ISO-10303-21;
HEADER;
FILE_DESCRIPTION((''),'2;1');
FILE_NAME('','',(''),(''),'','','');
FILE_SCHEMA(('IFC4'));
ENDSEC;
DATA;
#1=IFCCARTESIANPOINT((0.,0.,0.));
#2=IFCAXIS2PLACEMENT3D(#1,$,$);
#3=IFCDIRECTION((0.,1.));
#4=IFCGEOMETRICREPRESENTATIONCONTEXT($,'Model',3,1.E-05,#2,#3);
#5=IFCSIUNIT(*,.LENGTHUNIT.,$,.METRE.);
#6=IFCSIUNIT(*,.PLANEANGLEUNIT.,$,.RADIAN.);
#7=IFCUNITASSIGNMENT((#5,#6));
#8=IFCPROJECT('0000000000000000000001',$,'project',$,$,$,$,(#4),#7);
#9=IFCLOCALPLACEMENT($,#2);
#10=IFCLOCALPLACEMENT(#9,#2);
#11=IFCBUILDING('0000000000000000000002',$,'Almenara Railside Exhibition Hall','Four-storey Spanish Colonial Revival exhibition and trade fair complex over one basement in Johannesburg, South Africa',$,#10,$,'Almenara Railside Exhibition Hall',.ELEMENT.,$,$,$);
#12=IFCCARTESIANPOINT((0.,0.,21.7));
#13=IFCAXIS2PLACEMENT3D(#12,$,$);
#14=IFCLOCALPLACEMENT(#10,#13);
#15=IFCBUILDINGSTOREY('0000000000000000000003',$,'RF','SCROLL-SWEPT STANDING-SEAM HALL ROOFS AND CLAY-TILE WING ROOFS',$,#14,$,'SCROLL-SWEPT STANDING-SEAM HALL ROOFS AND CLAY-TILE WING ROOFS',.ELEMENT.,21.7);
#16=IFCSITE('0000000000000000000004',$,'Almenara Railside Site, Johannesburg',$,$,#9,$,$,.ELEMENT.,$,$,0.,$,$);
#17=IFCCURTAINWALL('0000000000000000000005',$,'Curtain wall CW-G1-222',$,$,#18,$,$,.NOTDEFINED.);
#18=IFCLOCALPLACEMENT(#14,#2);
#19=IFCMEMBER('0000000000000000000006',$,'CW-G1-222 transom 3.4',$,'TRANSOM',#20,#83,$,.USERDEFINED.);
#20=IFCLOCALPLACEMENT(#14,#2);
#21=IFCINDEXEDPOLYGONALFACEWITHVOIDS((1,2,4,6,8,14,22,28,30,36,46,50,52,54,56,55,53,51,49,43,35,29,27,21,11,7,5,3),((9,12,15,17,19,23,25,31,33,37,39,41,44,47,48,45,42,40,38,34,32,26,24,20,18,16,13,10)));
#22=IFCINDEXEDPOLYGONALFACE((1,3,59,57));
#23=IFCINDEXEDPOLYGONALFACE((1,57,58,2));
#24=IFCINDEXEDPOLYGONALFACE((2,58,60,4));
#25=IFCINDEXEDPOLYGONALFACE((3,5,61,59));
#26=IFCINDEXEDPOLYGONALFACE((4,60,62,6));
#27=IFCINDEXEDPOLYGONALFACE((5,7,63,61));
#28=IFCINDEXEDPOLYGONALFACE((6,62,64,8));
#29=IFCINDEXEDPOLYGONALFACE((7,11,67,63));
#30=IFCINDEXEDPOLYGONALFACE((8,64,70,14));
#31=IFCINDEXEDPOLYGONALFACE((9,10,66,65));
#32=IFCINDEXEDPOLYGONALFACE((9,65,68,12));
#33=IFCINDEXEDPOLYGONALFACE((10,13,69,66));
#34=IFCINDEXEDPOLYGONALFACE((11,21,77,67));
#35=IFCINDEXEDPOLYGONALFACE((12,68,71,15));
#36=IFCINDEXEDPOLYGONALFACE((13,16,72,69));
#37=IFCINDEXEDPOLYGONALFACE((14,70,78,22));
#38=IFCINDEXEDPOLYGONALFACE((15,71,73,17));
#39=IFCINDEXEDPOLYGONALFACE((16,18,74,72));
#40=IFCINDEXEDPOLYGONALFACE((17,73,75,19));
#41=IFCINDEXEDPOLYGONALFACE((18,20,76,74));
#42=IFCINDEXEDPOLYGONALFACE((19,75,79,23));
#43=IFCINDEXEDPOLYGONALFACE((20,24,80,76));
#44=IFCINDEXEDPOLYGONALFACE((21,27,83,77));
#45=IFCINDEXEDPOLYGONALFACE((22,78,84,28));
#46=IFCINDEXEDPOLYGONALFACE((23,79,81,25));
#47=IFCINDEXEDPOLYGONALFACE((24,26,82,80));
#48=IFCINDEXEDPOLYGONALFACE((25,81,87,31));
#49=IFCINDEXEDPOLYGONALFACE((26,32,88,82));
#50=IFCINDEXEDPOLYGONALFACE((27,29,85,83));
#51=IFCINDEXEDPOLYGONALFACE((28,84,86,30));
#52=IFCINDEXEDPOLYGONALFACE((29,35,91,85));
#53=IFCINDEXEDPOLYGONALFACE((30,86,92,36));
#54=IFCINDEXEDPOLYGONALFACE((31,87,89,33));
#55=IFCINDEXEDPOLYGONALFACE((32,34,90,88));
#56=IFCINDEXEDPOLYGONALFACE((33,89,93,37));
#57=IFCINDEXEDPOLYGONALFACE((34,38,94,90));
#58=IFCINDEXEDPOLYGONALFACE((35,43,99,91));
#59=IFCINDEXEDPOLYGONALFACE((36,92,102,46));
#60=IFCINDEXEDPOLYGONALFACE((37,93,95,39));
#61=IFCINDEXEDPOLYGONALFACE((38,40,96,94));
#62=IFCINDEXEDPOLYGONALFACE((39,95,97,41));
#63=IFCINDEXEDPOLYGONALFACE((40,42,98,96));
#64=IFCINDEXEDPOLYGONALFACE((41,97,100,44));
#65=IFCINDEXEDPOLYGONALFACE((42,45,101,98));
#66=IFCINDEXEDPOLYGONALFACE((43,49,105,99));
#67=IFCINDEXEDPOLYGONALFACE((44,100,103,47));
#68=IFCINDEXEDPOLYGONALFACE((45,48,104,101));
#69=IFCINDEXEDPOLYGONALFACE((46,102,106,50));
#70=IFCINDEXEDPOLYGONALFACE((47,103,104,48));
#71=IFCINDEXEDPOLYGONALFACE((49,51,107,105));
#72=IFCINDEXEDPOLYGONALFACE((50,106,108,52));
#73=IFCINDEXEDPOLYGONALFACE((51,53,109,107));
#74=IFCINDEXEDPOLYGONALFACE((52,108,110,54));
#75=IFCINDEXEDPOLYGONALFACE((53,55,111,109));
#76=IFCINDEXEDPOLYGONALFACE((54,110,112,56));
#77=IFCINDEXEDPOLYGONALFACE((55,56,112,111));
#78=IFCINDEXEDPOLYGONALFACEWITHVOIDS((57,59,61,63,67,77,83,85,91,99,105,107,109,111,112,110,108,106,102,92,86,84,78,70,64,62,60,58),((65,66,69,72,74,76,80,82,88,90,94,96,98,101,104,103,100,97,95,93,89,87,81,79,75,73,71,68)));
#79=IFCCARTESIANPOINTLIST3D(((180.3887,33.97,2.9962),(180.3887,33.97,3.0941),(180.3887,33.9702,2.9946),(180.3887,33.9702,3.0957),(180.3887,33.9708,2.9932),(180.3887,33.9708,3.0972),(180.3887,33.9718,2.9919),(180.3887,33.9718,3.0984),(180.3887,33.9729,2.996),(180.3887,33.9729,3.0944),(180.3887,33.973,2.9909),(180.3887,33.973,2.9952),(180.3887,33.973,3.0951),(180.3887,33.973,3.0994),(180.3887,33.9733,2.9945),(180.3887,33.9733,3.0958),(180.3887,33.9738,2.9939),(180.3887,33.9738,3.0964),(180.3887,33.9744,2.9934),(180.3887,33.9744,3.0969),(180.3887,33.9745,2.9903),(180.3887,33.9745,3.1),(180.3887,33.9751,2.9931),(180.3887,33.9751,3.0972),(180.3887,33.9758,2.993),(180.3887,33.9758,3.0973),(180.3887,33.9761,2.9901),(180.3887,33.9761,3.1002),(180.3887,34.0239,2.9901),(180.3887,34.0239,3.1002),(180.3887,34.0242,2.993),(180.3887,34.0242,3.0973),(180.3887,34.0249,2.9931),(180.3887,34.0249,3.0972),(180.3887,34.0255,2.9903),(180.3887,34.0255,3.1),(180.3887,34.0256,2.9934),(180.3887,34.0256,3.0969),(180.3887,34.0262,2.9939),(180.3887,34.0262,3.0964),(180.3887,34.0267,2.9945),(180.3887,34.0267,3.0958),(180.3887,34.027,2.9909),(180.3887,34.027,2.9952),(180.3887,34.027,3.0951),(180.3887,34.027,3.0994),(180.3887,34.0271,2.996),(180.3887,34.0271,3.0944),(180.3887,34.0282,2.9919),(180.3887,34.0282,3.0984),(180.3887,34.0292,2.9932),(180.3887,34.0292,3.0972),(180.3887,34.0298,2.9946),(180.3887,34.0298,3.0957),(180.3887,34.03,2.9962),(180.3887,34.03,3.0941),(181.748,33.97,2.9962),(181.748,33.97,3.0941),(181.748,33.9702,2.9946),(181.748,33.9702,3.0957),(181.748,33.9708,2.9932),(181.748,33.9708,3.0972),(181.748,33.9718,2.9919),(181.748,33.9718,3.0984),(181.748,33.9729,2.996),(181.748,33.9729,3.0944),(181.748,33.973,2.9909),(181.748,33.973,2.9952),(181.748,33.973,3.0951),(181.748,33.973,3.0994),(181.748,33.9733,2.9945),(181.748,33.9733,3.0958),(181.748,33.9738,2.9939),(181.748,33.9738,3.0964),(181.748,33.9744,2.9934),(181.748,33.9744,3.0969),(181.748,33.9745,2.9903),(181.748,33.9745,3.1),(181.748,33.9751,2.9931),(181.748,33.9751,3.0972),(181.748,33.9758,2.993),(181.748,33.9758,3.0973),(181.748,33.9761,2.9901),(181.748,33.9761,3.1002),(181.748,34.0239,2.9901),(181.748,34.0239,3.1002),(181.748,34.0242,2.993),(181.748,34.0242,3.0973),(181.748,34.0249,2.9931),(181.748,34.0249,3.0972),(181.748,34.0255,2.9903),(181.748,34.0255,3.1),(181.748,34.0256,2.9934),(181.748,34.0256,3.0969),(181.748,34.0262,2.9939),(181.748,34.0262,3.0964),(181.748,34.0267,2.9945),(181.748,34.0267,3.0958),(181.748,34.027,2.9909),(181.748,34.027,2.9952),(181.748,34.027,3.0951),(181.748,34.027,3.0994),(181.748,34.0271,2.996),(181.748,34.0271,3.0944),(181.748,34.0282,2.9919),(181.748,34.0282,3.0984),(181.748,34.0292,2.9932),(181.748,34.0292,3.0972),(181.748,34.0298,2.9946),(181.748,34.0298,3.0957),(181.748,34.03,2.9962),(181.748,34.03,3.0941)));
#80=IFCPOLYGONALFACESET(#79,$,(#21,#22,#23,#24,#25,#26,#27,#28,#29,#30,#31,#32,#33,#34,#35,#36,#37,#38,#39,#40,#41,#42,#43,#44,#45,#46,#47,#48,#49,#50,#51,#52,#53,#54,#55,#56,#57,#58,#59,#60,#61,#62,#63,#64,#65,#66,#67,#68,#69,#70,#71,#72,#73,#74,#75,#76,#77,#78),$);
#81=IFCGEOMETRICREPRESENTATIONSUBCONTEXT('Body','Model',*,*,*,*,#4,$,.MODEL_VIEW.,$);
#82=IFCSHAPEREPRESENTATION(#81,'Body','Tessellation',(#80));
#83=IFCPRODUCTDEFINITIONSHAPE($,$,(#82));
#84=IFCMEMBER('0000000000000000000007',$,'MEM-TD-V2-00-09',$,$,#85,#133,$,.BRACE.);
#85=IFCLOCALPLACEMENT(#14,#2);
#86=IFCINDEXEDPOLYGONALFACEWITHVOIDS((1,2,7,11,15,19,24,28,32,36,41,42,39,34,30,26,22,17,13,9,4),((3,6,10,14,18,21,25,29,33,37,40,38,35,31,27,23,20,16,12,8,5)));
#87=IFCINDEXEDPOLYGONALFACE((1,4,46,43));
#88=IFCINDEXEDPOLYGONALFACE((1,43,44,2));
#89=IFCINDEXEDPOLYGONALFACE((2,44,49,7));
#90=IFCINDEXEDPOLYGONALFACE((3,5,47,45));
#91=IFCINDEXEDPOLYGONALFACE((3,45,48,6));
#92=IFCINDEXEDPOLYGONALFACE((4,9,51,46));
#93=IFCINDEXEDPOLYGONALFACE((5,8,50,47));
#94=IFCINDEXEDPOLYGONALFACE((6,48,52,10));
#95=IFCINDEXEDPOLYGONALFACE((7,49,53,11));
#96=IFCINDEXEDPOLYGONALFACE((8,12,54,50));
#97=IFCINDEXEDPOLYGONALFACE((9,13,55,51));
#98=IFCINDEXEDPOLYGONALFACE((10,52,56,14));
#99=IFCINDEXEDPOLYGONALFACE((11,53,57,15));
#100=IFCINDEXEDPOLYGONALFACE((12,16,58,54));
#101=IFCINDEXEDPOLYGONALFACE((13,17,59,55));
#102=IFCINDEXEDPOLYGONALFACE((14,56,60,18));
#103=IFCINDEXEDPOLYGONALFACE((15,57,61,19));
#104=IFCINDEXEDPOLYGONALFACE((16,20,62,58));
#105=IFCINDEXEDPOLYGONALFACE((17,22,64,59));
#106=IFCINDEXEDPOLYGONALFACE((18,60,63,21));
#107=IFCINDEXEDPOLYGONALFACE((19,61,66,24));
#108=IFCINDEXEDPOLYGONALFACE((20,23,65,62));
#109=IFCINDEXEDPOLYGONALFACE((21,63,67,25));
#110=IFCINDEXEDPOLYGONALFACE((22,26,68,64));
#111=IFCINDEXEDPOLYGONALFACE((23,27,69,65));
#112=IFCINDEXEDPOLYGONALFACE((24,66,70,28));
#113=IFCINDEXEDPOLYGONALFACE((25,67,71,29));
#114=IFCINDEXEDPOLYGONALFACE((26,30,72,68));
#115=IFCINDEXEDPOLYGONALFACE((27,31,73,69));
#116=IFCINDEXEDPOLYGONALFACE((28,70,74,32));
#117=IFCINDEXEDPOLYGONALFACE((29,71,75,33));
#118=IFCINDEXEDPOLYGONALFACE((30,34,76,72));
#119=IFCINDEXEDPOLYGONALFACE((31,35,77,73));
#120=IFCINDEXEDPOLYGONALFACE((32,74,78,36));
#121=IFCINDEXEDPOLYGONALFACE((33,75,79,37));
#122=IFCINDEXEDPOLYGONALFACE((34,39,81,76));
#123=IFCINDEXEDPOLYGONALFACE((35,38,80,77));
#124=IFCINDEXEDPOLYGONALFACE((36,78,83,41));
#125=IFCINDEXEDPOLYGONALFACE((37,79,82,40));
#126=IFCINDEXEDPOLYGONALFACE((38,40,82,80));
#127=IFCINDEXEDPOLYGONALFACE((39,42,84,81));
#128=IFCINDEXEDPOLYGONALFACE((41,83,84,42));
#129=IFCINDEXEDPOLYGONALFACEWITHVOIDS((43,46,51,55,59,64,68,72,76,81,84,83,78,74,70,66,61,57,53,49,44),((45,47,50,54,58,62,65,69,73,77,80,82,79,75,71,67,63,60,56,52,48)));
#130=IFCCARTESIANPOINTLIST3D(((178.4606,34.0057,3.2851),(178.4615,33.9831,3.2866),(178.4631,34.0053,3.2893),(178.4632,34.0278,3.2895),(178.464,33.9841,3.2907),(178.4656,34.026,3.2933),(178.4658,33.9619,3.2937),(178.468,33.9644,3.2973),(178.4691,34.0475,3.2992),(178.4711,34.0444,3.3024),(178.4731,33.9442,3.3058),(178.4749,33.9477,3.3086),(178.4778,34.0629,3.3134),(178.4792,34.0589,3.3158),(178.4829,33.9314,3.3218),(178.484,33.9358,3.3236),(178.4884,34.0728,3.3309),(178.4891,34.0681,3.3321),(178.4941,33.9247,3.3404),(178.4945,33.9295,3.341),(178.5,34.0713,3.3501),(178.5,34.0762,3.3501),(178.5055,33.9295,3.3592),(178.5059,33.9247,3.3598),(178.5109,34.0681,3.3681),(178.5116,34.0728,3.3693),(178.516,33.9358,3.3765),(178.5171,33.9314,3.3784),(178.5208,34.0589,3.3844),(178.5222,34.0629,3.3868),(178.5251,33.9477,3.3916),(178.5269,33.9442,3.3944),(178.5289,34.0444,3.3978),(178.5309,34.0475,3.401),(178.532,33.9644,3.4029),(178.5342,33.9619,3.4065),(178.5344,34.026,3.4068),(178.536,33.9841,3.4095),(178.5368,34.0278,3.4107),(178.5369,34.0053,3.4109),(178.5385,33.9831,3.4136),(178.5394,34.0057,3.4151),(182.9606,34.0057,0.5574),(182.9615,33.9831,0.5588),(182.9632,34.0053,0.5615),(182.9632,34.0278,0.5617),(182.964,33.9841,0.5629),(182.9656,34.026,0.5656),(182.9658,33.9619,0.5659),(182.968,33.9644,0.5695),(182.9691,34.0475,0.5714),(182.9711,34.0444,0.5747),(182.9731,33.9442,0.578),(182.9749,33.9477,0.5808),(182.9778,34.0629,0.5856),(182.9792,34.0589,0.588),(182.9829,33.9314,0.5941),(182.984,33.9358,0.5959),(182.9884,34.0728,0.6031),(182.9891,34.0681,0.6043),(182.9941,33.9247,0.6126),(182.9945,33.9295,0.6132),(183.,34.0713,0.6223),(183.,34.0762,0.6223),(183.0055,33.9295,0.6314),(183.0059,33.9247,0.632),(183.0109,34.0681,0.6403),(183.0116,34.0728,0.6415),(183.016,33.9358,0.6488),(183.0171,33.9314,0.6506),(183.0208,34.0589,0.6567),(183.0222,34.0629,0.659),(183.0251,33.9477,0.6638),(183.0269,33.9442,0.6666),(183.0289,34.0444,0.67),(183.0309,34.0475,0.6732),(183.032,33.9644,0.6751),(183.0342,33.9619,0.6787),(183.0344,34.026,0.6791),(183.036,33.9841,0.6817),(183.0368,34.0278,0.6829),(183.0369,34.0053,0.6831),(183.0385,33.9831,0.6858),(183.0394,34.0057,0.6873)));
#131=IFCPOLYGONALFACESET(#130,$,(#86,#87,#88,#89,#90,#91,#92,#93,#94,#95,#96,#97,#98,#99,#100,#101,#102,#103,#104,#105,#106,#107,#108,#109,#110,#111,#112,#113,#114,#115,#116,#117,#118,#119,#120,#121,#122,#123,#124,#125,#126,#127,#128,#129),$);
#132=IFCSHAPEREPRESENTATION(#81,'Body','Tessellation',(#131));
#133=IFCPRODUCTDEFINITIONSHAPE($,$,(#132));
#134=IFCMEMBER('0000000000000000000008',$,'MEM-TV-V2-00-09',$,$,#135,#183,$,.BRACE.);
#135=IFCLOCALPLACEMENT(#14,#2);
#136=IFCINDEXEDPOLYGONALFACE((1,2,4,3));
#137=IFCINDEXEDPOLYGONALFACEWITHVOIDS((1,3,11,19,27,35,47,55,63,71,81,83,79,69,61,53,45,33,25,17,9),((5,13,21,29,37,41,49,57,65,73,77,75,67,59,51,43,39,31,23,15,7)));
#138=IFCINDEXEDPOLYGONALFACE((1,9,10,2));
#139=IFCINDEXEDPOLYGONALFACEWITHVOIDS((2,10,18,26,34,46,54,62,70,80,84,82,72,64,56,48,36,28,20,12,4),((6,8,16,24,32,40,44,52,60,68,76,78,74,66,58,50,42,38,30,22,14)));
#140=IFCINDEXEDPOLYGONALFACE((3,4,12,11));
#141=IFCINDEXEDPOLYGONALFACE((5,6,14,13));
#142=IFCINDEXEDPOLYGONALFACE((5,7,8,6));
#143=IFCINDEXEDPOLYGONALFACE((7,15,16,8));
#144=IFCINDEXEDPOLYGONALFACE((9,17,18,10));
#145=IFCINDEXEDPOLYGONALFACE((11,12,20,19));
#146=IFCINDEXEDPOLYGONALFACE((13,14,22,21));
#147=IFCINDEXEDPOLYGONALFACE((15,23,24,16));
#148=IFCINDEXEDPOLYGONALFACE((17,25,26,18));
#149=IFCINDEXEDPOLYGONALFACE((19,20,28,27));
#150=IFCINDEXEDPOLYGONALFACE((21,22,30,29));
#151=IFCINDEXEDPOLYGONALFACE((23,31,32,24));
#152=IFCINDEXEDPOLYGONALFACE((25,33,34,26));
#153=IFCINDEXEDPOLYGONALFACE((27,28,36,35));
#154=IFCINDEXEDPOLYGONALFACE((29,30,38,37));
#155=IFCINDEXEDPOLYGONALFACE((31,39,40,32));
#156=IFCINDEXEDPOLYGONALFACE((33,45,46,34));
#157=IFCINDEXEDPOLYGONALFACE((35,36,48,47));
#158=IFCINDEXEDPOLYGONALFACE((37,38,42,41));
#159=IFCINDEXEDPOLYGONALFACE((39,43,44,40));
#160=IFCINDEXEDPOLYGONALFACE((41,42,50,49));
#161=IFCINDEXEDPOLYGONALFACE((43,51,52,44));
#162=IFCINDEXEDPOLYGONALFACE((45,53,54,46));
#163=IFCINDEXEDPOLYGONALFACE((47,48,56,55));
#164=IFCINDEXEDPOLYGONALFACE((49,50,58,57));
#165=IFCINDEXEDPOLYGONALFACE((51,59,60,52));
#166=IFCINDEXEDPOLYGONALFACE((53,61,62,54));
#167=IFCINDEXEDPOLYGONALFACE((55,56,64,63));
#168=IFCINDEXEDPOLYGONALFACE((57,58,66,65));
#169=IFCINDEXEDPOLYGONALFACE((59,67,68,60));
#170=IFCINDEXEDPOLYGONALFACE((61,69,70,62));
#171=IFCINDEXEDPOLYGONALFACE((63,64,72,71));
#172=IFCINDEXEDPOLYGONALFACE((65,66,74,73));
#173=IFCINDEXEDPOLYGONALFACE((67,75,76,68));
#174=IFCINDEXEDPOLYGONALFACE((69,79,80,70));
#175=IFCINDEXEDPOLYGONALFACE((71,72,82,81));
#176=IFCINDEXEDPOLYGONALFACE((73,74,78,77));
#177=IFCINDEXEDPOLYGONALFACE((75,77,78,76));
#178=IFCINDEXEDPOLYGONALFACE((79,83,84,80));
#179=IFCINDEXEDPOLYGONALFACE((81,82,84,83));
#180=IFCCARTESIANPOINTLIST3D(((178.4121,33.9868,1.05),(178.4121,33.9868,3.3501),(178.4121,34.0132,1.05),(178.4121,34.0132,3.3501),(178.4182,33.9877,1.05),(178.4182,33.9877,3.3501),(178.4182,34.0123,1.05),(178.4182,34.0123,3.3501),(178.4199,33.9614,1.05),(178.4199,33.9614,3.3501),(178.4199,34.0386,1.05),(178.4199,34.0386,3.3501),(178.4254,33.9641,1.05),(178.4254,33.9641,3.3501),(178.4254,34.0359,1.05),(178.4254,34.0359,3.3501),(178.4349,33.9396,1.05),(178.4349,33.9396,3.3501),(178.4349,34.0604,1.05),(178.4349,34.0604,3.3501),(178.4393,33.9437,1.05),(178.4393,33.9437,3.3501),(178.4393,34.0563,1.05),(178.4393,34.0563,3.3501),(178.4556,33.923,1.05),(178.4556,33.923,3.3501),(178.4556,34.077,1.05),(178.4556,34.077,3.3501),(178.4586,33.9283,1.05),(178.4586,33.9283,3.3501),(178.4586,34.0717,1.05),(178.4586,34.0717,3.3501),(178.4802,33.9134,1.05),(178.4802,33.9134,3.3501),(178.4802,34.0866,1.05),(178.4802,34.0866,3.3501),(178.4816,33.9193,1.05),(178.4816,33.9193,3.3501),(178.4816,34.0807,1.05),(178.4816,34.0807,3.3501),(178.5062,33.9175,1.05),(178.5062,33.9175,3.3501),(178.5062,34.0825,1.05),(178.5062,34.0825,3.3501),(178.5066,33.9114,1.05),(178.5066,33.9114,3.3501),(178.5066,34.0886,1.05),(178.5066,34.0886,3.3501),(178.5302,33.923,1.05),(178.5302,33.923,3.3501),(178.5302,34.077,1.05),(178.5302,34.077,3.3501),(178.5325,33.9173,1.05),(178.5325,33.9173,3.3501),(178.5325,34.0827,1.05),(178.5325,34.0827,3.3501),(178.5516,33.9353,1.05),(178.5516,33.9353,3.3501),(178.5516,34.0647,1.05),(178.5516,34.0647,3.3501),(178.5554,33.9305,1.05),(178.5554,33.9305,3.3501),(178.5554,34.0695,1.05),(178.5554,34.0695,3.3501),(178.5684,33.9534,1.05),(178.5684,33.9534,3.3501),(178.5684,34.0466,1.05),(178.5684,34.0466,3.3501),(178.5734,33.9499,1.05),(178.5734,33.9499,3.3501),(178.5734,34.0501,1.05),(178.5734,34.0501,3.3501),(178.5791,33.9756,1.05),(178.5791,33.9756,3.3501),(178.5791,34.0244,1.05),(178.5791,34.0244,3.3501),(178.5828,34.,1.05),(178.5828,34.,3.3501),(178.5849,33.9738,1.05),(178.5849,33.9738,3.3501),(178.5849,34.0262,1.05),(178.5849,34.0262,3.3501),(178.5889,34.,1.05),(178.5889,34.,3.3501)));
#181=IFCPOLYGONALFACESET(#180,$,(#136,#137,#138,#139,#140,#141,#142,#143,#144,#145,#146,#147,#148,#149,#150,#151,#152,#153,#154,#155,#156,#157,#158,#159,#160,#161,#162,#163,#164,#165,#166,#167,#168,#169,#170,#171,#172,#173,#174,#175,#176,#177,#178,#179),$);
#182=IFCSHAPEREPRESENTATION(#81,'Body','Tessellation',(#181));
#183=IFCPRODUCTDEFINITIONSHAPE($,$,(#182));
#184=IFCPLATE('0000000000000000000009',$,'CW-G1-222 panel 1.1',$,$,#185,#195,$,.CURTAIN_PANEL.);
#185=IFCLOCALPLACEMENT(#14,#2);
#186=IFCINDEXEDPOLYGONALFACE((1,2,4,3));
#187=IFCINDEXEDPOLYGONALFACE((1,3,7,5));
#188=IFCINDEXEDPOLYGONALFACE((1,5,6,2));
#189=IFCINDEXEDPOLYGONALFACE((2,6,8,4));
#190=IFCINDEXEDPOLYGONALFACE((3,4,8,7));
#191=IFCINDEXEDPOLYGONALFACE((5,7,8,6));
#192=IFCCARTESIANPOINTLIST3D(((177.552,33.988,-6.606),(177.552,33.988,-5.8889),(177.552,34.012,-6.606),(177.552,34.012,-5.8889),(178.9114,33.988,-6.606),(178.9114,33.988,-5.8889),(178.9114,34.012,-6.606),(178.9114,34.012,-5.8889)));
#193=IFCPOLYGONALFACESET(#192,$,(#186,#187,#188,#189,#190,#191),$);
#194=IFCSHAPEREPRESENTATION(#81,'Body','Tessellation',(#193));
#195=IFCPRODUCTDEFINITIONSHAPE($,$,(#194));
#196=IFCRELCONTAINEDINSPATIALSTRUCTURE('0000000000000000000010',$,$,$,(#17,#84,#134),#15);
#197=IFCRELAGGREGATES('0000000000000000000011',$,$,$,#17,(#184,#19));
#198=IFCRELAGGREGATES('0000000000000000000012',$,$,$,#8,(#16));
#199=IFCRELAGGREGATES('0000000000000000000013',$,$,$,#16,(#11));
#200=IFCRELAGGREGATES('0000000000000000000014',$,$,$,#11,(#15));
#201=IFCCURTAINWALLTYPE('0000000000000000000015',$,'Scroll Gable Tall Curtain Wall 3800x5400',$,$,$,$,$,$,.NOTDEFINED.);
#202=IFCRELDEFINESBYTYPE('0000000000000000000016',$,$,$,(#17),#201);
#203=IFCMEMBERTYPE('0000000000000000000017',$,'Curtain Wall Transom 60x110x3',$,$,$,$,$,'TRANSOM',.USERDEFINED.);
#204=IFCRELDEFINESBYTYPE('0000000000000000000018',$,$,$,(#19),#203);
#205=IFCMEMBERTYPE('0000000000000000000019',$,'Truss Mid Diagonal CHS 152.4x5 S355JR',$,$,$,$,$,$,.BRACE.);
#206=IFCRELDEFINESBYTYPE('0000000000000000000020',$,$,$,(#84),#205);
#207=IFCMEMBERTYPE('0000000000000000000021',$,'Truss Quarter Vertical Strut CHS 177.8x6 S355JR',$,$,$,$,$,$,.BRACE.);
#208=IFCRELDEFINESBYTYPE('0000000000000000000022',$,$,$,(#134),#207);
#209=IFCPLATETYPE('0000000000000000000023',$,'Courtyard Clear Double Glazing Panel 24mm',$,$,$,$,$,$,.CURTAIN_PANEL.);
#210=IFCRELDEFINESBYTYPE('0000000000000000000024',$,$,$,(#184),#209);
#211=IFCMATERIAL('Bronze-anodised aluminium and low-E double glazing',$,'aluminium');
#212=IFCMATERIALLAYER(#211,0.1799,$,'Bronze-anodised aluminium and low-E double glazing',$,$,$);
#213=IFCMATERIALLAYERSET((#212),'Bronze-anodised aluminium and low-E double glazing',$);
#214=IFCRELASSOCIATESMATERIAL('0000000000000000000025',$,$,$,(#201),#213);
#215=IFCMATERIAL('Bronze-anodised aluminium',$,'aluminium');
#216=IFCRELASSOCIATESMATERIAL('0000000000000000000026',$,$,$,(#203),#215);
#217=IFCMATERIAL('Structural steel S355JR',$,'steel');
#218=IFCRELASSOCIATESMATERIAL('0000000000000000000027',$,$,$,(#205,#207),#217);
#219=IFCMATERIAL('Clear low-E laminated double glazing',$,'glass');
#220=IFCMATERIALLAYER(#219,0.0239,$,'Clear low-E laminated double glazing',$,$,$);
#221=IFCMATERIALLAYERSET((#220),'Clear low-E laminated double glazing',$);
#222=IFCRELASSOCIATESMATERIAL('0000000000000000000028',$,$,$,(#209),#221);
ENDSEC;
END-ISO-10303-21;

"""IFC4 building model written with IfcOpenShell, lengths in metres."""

from ifc_helpers import new_model, si_unit, direction, frame, origin, origin_2d, place, context, subcontext, project, spatial, rectangle, hollow_rectangle, hollow_circle, extrude, material, layer, layer_set, material_profile, profile_set, type_object, element, aggregate, save


model = new_model("IFC4")

# Units and contexts
model_context = context("Model", 3, precision=1e-05, world=origin(), true_north=direction((0.0, 1.0)))
body_context = subcontext(model_context, "Body", "Model", "MODEL_VIEW")
ifc_project = project(units=[si_unit("LENGTHUNIT", "METRE"), si_unit("PLANEANGLEUNIT", "RADIAN")], contexts=[model_context])

# Site, building, storey
site_placement = place(None, origin())
site = spatial("IfcSite", under=ifc_project, at=site_placement, Name="Almenara Railside Site, Johannesburg", CompositionType="ELEMENT", RefElevation=0.0)
building_placement = place(site_placement, origin())
building = spatial("IfcBuilding", under=site, at=building_placement, Name="Almenara Railside Exhibition Hall", Description="Four-storey Spanish Colonial Revival exhibition and trade fair complex over one basement in Johannesburg, South Africa", LongName="Almenara Railside Exhibition Hall", CompositionType="ELEMENT")
storey_placement = place(building_placement, frame((0.0, 0.0, 21.7)))
storey = spatial("IfcBuildingStorey", under=building, at=storey_placement, Name="RF", Description="SCROLL-SWEPT STANDING-SEAM HALL ROOFS AND CLAY-TILE WING ROOFS", LongName="SCROLL-SWEPT STANDING-SEAM HALL ROOFS AND CLAY-TILE WING ROOFS", CompositionType="ELEMENT", Elevation=21.7)

# Shared definitions
ifc_material_1 = material(Name="Structural steel S355JR", Category="steel")

# Curtain wall
ifc_material_2 = material(Name="Bronze-anodised aluminium and low-E double glazing", Category="aluminium")
ifc_layer_1 = layer(ifc_material_2, 0.1799, Name="Bronze-anodised aluminium and low-E double glazing")
ifc_layer_set_1 = layer_set([ifc_layer_1], Name="Bronze-anodised aluminium and low-E double glazing")
curtain_wall_type = type_object("IfcCurtainWallType", Name="Scroll Gable Tall Curtain Wall 3800x5400", PredefinedType="NOTDEFINED", material=ifc_layer_set_1)
curtain_wall_1_placement = place(storey_placement, origin())
curtain_wall_1 = element("IfcCurtainWall", 1, at=curtain_wall_1_placement, inside=storey, type_object=curtain_wall_type, Name="Curtain wall CW-G1-222", PredefinedType="NOTDEFINED")
ifc_material_3 = material(Name="Bronze-anodised aluminium", Category="aluminium")

# Member
ifc_material_profile_1 = material_profile(ifc_material_3, hollow_rectangle(XDim=0.0601, YDim=0.1101, WallThickness=0.0029, InnerFilletRadius=0.0029, OuterFilletRadius=0.0061, at=origin_2d()), Name="ALU-TRN 60x110x3")
ifc_profile_set_1 = profile_set([ifc_material_profile_1], Name="Bronze-anodised aluminium")
member_type_1 = type_object("IfcMemberType", Name="Curtain Wall Transom 60x110x3", ElementType="TRANSOM", PredefinedType="USERDEFINED", material=ifc_profile_set_1)
member_1_placement = place(storey_placement, frame((180.3887, 34.0, 3.0452), z_axis=(1.0, 0.0, 0.0), x_axis=(0.0, 1.0, 0.0)))
member_1 = element("IfcMember", 2, at=member_1_placement, type_object=member_type_1, Name="CW-G1-222 transom 3.4", ObjectType="TRANSOM", PredefinedType="USERDEFINED", context=body_context, shape_type="SweptSolid", body=[
    extrude(hollow_rectangle(XDim=0.0601, YDim=0.1101, WallThickness=0.0029, InnerFilletRadius=0.0029, OuterFilletRadius=0.0061, at=origin_2d()), origin(), (0.0, 0.0, 1.0), 1.3594),
])

# Members
ifc_material_profile_2 = material_profile(ifc_material_1, hollow_circle(Radius=0.0762, WallThickness=0.0049, at=origin_2d()), Name="CHS 152.4x5")
ifc_profile_set_2 = profile_set([ifc_material_profile_2], Name="Structural steel S355JR")
member_type_2 = type_object("IfcMemberType", Name="Truss Mid Diagonal CHS 152.4x5 S355JR", PredefinedType="BRACE", material=ifc_profile_set_2)
member_2_placement = place(storey_placement, frame((178.5, 34.0, 3.3501), z_axis=(0.855155, 0.0, -0.518373), x_axis=(0.0, 1.0, 0.0)))
element("IfcMember", 3, at=member_2_placement, inside=storey, type_object=member_type_2, Name="MEM-TD-V2-00-09", PredefinedType="BRACE", context=body_context, shape_type="SweptSolid", body=[
    extrude(hollow_circle(Radius=0.0762, WallThickness=0.0049, at=origin_2d()), origin(), (0.0, 0.0, 1.0), 5.2622),
])
ifc_material_profile_3 = material_profile(ifc_material_1, hollow_circle(Radius=0.0889, WallThickness=0.0061, at=origin_2d()), Name="CHS 177.8x6")
ifc_profile_set_3 = profile_set([ifc_material_profile_3], Name="Structural steel S355JR")
member_type_3 = type_object("IfcMemberType", Name="Truss Quarter Vertical Strut CHS 177.8x6 S355JR", PredefinedType="BRACE", material=ifc_profile_set_3)
member_3_placement = place(storey_placement, frame((178.5, 34.0, 1.05), z_axis=(0.0, 0.0, 1.0), x_axis=(1.0, 0.0, 0.0)))
element("IfcMember", 4, at=member_3_placement, inside=storey, type_object=member_type_3, Name="MEM-TV-V2-00-09", PredefinedType="BRACE", context=body_context, shape_type="SweptSolid", body=[
    extrude(hollow_circle(Radius=0.0889, WallThickness=0.0061, at=origin_2d()), origin(), (0.0, 0.0, 1.0), 2.3),
])

# Plate
ifc_material_4 = material(Name="Clear low-E laminated double glazing", Category="glass")
ifc_layer_2 = layer(ifc_material_4, 0.0239, Name="Clear low-E laminated double glazing")
ifc_layer_set_2 = layer_set([ifc_layer_2], Name="Clear low-E laminated double glazing")
plate_type_1 = type_object("IfcPlateType", Name="Courtyard Clear Double Glazing Panel 24mm", PredefinedType="CURTAIN_PANEL", material=ifc_layer_set_2)
plate_1_placement = place(storey_placement, frame((178.2317, 34.0, -6.606), z_axis=(0.0, 0.0, 1.0), x_axis=(1.0, 0.0, 0.0)))
plate_1 = element("IfcPlate", 5, at=plate_1_placement, type_object=plate_type_1, Name="CW-G1-222 panel 1.1", PredefinedType="CURTAIN_PANEL", context=body_context, shape_type="SweptSolid", body=[
    extrude(rectangle(XDim=1.3594, YDim=0.0239, at=origin_2d()), origin(), (0.0, 0.0, 1.0), 0.717),
])
aggregate(curtain_wall_1, [plate_1, member_1])

save(model, "model.ifc")
